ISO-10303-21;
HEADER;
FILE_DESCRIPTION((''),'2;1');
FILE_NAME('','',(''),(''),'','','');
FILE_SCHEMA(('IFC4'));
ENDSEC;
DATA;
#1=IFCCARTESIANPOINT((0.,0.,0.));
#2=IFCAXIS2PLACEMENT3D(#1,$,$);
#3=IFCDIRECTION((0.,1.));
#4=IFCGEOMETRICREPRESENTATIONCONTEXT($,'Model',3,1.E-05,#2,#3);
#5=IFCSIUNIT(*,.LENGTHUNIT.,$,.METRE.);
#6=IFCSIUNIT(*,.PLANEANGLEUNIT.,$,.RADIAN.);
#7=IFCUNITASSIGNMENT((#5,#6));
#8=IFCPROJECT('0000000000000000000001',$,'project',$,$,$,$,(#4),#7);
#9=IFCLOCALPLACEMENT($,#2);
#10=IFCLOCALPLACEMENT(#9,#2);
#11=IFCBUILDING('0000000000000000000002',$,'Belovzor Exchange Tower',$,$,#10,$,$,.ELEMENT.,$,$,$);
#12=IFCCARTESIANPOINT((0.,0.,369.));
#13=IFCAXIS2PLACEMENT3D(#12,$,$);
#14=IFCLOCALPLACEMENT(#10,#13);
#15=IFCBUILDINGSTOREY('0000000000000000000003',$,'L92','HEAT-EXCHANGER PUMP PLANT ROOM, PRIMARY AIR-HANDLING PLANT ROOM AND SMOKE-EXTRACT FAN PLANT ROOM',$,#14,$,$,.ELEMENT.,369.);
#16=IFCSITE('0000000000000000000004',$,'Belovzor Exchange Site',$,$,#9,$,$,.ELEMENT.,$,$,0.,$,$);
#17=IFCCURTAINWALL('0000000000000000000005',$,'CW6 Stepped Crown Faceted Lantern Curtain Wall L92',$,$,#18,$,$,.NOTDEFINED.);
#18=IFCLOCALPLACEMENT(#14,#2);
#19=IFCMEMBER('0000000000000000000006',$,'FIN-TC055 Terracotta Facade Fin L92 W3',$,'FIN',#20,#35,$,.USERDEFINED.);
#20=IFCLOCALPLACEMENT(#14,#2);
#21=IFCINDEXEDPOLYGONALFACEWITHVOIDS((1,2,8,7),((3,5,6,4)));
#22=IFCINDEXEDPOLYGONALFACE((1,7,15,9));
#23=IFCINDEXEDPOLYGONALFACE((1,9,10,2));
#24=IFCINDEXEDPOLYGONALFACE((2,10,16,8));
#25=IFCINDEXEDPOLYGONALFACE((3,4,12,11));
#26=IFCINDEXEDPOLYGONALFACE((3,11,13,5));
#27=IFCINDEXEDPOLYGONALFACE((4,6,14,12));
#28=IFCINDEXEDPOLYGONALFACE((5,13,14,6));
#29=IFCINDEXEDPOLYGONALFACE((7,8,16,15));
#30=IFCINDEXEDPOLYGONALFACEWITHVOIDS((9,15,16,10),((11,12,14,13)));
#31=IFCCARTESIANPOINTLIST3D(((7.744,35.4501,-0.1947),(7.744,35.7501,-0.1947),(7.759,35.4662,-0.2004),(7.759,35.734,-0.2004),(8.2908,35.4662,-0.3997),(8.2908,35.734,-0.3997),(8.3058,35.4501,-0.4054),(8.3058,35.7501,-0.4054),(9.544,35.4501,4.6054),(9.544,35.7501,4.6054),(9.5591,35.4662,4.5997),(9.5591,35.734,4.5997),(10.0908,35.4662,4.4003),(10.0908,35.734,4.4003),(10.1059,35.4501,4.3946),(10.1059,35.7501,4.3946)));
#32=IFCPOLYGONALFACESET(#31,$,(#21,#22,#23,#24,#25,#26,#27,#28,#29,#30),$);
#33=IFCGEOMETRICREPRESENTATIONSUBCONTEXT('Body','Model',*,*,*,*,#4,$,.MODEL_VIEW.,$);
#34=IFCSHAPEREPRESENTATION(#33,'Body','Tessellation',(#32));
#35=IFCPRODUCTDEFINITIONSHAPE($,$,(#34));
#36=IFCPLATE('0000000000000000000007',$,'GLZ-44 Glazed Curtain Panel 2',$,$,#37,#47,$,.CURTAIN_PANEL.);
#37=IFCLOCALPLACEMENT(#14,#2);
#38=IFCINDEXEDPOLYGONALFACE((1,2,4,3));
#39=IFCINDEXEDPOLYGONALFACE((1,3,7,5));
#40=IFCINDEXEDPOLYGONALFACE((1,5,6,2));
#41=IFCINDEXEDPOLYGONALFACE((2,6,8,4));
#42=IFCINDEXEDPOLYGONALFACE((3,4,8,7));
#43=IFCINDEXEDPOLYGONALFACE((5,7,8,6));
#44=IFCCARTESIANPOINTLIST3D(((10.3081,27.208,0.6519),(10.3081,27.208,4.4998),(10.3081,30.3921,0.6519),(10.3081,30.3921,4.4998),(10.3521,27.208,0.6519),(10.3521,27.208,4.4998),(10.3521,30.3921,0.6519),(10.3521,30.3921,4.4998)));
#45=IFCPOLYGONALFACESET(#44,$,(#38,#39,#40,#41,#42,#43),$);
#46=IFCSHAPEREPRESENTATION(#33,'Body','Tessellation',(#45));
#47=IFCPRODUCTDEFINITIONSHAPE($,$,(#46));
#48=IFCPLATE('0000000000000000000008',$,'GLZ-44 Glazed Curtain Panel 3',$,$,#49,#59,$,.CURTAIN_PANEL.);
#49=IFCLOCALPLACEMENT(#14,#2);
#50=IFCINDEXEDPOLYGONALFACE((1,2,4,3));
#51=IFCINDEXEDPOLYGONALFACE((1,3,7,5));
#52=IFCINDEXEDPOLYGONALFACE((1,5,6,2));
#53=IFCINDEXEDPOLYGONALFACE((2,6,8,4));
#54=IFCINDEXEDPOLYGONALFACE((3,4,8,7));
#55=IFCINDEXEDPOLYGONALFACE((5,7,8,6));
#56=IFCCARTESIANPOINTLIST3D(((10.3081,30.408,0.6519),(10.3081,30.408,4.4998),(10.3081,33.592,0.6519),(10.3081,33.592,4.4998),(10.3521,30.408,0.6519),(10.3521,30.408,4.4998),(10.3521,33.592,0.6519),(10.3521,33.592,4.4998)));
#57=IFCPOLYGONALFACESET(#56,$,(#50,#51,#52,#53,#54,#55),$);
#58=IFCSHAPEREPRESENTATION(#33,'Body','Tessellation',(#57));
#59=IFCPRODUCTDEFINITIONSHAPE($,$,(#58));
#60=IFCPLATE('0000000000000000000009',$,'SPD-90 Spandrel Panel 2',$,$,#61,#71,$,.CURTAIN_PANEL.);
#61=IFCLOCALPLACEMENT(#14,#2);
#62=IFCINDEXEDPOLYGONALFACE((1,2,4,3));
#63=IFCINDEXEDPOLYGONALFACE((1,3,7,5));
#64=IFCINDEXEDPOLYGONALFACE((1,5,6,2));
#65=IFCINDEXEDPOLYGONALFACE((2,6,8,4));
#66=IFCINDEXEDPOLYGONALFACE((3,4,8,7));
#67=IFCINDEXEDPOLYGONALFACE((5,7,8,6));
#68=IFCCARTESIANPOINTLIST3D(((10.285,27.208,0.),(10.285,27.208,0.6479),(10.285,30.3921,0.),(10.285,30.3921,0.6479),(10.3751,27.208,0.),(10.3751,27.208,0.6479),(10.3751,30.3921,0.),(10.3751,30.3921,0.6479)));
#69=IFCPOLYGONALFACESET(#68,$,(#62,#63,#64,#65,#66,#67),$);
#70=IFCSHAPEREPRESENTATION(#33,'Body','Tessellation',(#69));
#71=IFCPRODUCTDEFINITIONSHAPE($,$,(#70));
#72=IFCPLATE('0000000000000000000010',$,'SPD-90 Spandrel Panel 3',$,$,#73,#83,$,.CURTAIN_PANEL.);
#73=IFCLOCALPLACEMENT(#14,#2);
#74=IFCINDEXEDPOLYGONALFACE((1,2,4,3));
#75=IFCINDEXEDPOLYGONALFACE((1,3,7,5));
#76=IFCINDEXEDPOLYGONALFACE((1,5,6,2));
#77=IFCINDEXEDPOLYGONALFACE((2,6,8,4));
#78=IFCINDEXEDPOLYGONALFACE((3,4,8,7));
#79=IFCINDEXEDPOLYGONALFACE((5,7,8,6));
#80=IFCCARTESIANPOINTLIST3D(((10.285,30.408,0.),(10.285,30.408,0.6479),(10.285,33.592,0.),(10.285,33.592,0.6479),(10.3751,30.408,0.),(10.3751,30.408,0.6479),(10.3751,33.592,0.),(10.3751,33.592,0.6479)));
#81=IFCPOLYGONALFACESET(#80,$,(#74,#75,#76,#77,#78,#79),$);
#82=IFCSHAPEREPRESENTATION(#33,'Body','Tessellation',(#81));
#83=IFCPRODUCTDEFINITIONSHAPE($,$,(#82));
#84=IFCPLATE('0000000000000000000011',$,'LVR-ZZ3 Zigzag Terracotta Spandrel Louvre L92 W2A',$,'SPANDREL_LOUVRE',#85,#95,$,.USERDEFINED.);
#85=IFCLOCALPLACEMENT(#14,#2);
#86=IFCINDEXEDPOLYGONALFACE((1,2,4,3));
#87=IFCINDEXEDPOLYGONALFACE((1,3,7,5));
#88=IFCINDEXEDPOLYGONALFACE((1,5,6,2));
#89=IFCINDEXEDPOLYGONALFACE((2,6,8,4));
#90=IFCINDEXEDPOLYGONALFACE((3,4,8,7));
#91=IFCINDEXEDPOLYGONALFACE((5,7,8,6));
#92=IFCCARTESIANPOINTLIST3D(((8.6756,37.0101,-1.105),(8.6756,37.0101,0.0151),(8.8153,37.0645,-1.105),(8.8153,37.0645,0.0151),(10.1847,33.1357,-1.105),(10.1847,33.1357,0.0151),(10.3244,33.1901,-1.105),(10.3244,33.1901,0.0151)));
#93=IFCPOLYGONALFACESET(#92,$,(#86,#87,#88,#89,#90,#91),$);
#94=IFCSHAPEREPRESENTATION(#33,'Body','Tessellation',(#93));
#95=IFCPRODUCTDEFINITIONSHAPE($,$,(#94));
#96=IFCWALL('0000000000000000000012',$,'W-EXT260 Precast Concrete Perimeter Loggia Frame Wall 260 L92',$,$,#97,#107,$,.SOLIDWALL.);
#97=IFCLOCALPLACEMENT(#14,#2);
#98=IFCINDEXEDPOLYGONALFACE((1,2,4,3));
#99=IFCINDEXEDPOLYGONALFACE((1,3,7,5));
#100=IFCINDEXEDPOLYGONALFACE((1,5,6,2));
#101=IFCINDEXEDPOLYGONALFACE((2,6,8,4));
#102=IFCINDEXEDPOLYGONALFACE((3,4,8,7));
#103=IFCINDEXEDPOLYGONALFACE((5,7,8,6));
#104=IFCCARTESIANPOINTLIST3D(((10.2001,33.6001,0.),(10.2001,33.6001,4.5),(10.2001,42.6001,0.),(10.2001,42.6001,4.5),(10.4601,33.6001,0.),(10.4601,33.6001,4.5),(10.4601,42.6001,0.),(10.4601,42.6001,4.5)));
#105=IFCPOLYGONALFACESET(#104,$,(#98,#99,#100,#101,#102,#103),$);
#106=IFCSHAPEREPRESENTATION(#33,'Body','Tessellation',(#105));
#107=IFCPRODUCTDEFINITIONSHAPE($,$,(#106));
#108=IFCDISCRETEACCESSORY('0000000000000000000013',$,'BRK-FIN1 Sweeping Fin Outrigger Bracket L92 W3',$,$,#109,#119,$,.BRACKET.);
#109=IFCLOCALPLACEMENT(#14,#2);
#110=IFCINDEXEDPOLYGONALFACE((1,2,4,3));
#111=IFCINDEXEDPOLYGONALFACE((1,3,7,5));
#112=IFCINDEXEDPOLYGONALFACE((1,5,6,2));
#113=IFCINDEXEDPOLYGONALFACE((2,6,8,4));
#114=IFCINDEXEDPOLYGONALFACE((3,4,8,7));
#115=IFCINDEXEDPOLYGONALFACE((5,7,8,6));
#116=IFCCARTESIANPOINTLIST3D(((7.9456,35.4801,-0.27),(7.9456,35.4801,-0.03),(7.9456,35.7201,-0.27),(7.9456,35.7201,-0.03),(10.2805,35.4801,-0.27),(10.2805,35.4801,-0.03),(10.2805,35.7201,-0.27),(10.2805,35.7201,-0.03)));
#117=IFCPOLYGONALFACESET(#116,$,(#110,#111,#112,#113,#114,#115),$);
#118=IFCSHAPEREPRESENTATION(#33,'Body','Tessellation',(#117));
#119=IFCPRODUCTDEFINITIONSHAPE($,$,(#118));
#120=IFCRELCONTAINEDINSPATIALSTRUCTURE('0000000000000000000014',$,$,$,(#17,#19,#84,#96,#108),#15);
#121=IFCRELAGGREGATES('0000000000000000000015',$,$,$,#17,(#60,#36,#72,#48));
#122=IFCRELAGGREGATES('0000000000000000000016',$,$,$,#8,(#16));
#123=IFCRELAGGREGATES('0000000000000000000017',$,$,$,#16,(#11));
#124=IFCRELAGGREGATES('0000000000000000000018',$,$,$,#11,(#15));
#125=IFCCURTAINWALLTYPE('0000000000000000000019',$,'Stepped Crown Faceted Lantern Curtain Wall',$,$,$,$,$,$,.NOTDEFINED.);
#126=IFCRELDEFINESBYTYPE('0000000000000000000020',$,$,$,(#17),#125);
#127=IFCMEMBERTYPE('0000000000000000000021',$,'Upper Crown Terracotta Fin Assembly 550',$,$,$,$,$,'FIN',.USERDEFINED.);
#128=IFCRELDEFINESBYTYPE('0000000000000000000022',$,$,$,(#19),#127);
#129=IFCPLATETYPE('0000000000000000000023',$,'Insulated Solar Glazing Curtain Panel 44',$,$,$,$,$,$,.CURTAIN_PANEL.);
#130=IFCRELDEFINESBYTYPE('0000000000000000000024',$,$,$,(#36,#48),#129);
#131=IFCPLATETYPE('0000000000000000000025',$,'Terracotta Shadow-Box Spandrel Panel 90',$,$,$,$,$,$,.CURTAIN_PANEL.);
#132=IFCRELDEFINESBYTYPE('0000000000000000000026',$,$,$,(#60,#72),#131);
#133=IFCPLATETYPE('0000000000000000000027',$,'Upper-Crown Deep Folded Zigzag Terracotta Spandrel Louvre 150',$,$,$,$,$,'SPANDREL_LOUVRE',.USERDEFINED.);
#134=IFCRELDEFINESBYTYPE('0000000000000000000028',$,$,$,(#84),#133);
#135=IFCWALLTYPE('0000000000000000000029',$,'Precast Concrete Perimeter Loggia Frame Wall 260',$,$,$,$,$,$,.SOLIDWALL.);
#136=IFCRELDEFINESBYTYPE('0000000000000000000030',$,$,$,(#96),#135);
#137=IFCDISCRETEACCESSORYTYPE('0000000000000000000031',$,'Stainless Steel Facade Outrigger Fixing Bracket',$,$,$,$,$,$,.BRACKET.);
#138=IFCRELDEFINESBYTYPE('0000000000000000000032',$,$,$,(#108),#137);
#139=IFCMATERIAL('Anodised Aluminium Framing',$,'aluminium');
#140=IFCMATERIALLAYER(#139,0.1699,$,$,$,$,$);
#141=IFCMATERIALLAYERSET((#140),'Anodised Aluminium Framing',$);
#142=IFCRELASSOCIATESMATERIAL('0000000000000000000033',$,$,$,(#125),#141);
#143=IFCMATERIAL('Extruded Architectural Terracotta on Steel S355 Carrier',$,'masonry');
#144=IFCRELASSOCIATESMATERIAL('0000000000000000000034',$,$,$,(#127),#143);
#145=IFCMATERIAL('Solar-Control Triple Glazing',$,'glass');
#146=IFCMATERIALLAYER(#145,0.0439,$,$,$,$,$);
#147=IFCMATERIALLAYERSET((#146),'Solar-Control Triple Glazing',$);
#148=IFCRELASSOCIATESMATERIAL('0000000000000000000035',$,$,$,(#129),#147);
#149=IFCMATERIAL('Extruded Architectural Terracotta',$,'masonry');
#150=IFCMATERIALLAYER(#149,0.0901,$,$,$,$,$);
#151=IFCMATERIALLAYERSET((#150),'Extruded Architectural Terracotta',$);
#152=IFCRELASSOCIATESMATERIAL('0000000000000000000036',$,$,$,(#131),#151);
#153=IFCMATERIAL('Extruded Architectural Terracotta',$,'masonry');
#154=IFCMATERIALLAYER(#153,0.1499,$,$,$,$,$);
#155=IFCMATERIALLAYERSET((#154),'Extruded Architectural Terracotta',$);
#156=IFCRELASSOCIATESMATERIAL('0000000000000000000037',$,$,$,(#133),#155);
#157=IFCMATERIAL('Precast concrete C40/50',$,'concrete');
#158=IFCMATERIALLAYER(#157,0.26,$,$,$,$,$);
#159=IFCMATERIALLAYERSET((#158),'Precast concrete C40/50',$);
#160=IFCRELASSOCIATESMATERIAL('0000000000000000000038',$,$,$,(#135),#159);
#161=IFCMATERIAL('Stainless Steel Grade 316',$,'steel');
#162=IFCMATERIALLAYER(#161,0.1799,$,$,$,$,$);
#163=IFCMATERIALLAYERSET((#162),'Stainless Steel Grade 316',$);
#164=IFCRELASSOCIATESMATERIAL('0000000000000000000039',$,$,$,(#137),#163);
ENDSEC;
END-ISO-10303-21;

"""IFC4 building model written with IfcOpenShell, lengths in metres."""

from ifc_helpers import new_model, si_unit, direction, frame, frame_2d, origin, origin_2d, place, context, subcontext, project, spatial, rectangle, hollow_rectangle, extrude, material, layer, layer_set, material_profile, profile_set, type_object, element, aggregate, save


model = new_model("IFC4")

# Units and contexts
model_context = context("Model", 3, precision=1e-05, world=origin(), true_north=direction((0.0, 1.0)))
body_context = subcontext(model_context, "Body", "Model", "MODEL_VIEW")
ifc_project = project(units=[si_unit("LENGTHUNIT", "METRE"), si_unit("PLANEANGLEUNIT", "RADIAN")], contexts=[model_context])

# Site, building, storey
site_placement = place(None, origin())
site = spatial("IfcSite", under=ifc_project, at=site_placement, Name="Belovzor Exchange Site", CompositionType="ELEMENT", RefElevation=0.0)
building_placement = place(site_placement, origin())
building = spatial("IfcBuilding", under=site, at=building_placement, Name="Belovzor Exchange Tower", CompositionType="ELEMENT")
storey_placement = place(building_placement, frame((0.0, 0.0, 369.0)))
storey = spatial("IfcBuildingStorey", under=building, at=storey_placement, Name="L92", Description="HEAT-EXCHANGER PUMP PLANT ROOM, PRIMARY AIR-HANDLING PLANT ROOM AND SMOKE-EXTRACT FAN PLANT ROOM", CompositionType="ELEMENT", Elevation=369.0)

# Curtain wall
ifc_material_1 = material(Name="Anodised Aluminium Framing", Category="aluminium")
ifc_layer_1 = layer(ifc_material_1, 0.1699)
ifc_layer_set_1 = layer_set([ifc_layer_1], Name="Anodised Aluminium Framing")
curtain_wall_type = type_object("IfcCurtainWallType", Name="Stepped Crown Faceted Lantern Curtain Wall", PredefinedType="NOTDEFINED", material=ifc_layer_set_1)
curtain_wall_placement = place(storey_placement, origin())
curtain_wall = element("IfcCurtainWall", 1, at=curtain_wall_placement, inside=storey, type_object=curtain_wall_type, Name="CW6 Stepped Crown Faceted Lantern Curtain Wall L92", PredefinedType="NOTDEFINED")

# Member
ifc_material_2 = material(Name="Extruded Architectural Terracotta on Steel S355 Carrier", Category="masonry")
ifc_material_profile_1 = material_profile(ifc_material_2, hollow_rectangle(XDim=0.3, YDim=0.6001, WallThickness=0.0161, at=origin_2d()))
ifc_profile_set_1 = profile_set([ifc_material_profile_1], Name="Extruded Architectural Terracotta on Steel S355 Carrier")
member_type_1 = type_object("IfcMemberType", Name="Upper Crown Terracotta Fin Assembly 550", ElementType="FIN", PredefinedType="USERDEFINED", material=ifc_profile_set_1)
member_1_placement = place(storey_placement, frame((8.0249, 35.6001, -0.3), z_axis=(0.351129, 0.0, 0.936327), x_axis=(0.0, 1.0, 0.0)))
element("IfcMember", 2, at=member_1_placement, inside=storey, type_object=member_type_1, Name="FIN-TC055 Terracotta Facade Fin L92 W3", ObjectType="FIN", PredefinedType="USERDEFINED", context=body_context, shape_type="SweptSolid", body=[
    extrude(hollow_rectangle(XDim=0.3, YDim=0.6001, WallThickness=0.0161, at=origin_2d()), origin(), (0.0, 0.0, 1.0), 5.1265),
])

# Plates
ifc_material_3 = material(Name="Solar-Control Triple Glazing", Category="glass")
ifc_layer_2 = layer(ifc_material_3, 0.0439)
ifc_layer_set_2 = layer_set([ifc_layer_2], Name="Solar-Control Triple Glazing")
plate_type_1 = type_object("IfcPlateType", Name="Insulated Solar Glazing Curtain Panel 44", PredefinedType="CURTAIN_PANEL", material=ifc_layer_set_2)
plate_1_placement = place(storey_placement, frame((10.3301, 28.8, 0.6519), z_axis=(0.0, 0.0, 1.0), x_axis=(0.0, 1.0, 0.0)))
plate_1 = element("IfcPlate", 3, at=plate_1_placement, type_object=plate_type_1, Name="GLZ-44 Glazed Curtain Panel 2", PredefinedType="CURTAIN_PANEL", context=body_context, shape_type="SweptSolid", body=[
    extrude(rectangle(XDim=3.1841, YDim=0.0439, at=origin_2d()), origin(), (0.0, 0.0, 1.0), 3.8479),
])
plate_2_placement = place(storey_placement, frame((10.3301, 32.0, 0.6519), z_axis=(0.0, 0.0, 1.0), x_axis=(0.0, 1.0, 0.0)))
plate_2 = element("IfcPlate", 4, at=plate_2_placement, type_object=plate_type_1, Name="GLZ-44 Glazed Curtain Panel 3", PredefinedType="CURTAIN_PANEL", context=body_context, shape_type="SweptSolid", body=[
    extrude(rectangle(XDim=3.1841, YDim=0.0439, at=origin_2d()), origin(), (0.0, 0.0, 1.0), 3.8479),
])
ifc_material_4 = material(Name="Extruded Architectural Terracotta", Category="masonry")
ifc_layer_3 = layer(ifc_material_4, 0.0901)
ifc_layer_set_3 = layer_set([ifc_layer_3], Name="Extruded Architectural Terracotta")
plate_type_2 = type_object("IfcPlateType", Name="Terracotta Shadow-Box Spandrel Panel 90", PredefinedType="CURTAIN_PANEL", material=ifc_layer_set_3)
plate_3_placement = place(storey_placement, frame((10.3301, 28.8, 0.0), z_axis=(0.0, 0.0, 1.0), x_axis=(0.0, 1.0, 0.0)))
plate_3 = element("IfcPlate", 5, at=plate_3_placement, type_object=plate_type_2, Name="SPD-90 Spandrel Panel 2", PredefinedType="CURTAIN_PANEL", context=body_context, shape_type="SweptSolid", body=[
    extrude(rectangle(XDim=3.1841, YDim=0.0901, at=origin_2d()), origin(), (0.0, 0.0, 1.0), 0.6479),
])
plate_4_placement = place(storey_placement, frame((10.3301, 32.0, 0.0), z_axis=(0.0, 0.0, 1.0), x_axis=(0.0, 1.0, 0.0)))
plate_4 = element("IfcPlate", 6, at=plate_4_placement, type_object=plate_type_2, Name="SPD-90 Spandrel Panel 3", PredefinedType="CURTAIN_PANEL", context=body_context, shape_type="SweptSolid", body=[
    extrude(rectangle(XDim=3.1841, YDim=0.0901, at=origin_2d()), origin(), (0.0, 0.0, 1.0), 0.6479),
])
aggregate(curtain_wall, [plate_3, plate_1, plate_4, plate_2])
ifc_material_5 = material(Name="Extruded Architectural Terracotta", Category="masonry")
ifc_layer_4 = layer(ifc_material_5, 0.1499)
ifc_layer_set_4 = layer_set([ifc_layer_4], Name="Extruded Architectural Terracotta")
plate_type_3 = type_object("IfcPlateType", Name="Upper-Crown Deep Folded Zigzag Terracotta Spandrel Louvre 150", ElementType="SPANDREL_LOUVRE", PredefinedType="USERDEFINED", material=ifc_layer_set_4)
plate_5_placement = place(storey_placement, frame((9.5, 35.1001, -1.105), z_axis=(0.0, 0.0, 1.0), x_axis=(-0.362926, 0.931818, 0.0)))
element("IfcPlate", 7, at=plate_5_placement, inside=storey, type_object=plate_type_3, Name="LVR-ZZ3 Zigzag Terracotta Spandrel Louvre L92 W2A", ObjectType="SPANDREL_LOUVRE", PredefinedType="USERDEFINED", context=body_context, shape_type="SweptSolid", body=[
    extrude(rectangle(XDim=4.158, YDim=0.1499, at=origin_2d()), origin(), (0.0, 0.0, 1.0), 1.1201),
])

# Wall
ifc_material_6 = material(Name="Precast concrete C40/50", Category="concrete")
ifc_layer_5 = layer(ifc_material_6, 0.26)
ifc_layer_set_5 = layer_set([ifc_layer_5], Name="Precast concrete C40/50")
wall_type = type_object("IfcWallType", Name="Precast Concrete Perimeter Loggia Frame Wall 260", PredefinedType="SOLIDWALL", material=ifc_layer_set_5)
wall_placement = place(storey_placement, frame((10.3301, 33.6001, 0.0), z_axis=(0.0, 0.0, 1.0), x_axis=(0.0, 1.0, 0.0)))
element("IfcWall", 8, at=wall_placement, inside=storey, type_object=wall_type, Name="W-EXT260 Precast Concrete Perimeter Loggia Frame Wall 260 L92", PredefinedType="SOLIDWALL", context=body_context, shape_type="SweptSolid", body=[
    extrude(rectangle(XDim=9.0, YDim=0.26, at=frame_2d((4.5, 0.0))), origin(), (0.0, 0.0, 1.0), 4.5),
])

# Discrete accessory
ifc_material_7 = material(Name="Stainless Steel Grade 316", Category="steel")
ifc_layer_6 = layer(ifc_material_7, 0.1799)
ifc_layer_set_6 = layer_set([ifc_layer_6], Name="Stainless Steel Grade 316")
discrete_accessory_type = type_object("IfcDiscreteAccessoryType", Name="Stainless Steel Facade Outrigger Fixing Bracket", PredefinedType="BRACKET", material=ifc_layer_set_6)
discrete_accessory_placement = place(storey_placement, frame((9.113, 35.6001, -0.27), z_axis=(0.0, 0.0, 1.0), x_axis=(1.0, 0.0, 0.0)))
element("IfcDiscreteAccessory", 9, at=discrete_accessory_placement, inside=storey, type_object=discrete_accessory_type, Name="BRK-FIN1 Sweeping Fin Outrigger Bracket L92 W3", PredefinedType="BRACKET", context=body_context, shape_type="SweptSolid", body=[
    extrude(rectangle(XDim=2.335, YDim=0.24, at=origin_2d()), origin(), (0.0, 0.0, 1.0), 0.24),
])

save(model, "model.ifc")
